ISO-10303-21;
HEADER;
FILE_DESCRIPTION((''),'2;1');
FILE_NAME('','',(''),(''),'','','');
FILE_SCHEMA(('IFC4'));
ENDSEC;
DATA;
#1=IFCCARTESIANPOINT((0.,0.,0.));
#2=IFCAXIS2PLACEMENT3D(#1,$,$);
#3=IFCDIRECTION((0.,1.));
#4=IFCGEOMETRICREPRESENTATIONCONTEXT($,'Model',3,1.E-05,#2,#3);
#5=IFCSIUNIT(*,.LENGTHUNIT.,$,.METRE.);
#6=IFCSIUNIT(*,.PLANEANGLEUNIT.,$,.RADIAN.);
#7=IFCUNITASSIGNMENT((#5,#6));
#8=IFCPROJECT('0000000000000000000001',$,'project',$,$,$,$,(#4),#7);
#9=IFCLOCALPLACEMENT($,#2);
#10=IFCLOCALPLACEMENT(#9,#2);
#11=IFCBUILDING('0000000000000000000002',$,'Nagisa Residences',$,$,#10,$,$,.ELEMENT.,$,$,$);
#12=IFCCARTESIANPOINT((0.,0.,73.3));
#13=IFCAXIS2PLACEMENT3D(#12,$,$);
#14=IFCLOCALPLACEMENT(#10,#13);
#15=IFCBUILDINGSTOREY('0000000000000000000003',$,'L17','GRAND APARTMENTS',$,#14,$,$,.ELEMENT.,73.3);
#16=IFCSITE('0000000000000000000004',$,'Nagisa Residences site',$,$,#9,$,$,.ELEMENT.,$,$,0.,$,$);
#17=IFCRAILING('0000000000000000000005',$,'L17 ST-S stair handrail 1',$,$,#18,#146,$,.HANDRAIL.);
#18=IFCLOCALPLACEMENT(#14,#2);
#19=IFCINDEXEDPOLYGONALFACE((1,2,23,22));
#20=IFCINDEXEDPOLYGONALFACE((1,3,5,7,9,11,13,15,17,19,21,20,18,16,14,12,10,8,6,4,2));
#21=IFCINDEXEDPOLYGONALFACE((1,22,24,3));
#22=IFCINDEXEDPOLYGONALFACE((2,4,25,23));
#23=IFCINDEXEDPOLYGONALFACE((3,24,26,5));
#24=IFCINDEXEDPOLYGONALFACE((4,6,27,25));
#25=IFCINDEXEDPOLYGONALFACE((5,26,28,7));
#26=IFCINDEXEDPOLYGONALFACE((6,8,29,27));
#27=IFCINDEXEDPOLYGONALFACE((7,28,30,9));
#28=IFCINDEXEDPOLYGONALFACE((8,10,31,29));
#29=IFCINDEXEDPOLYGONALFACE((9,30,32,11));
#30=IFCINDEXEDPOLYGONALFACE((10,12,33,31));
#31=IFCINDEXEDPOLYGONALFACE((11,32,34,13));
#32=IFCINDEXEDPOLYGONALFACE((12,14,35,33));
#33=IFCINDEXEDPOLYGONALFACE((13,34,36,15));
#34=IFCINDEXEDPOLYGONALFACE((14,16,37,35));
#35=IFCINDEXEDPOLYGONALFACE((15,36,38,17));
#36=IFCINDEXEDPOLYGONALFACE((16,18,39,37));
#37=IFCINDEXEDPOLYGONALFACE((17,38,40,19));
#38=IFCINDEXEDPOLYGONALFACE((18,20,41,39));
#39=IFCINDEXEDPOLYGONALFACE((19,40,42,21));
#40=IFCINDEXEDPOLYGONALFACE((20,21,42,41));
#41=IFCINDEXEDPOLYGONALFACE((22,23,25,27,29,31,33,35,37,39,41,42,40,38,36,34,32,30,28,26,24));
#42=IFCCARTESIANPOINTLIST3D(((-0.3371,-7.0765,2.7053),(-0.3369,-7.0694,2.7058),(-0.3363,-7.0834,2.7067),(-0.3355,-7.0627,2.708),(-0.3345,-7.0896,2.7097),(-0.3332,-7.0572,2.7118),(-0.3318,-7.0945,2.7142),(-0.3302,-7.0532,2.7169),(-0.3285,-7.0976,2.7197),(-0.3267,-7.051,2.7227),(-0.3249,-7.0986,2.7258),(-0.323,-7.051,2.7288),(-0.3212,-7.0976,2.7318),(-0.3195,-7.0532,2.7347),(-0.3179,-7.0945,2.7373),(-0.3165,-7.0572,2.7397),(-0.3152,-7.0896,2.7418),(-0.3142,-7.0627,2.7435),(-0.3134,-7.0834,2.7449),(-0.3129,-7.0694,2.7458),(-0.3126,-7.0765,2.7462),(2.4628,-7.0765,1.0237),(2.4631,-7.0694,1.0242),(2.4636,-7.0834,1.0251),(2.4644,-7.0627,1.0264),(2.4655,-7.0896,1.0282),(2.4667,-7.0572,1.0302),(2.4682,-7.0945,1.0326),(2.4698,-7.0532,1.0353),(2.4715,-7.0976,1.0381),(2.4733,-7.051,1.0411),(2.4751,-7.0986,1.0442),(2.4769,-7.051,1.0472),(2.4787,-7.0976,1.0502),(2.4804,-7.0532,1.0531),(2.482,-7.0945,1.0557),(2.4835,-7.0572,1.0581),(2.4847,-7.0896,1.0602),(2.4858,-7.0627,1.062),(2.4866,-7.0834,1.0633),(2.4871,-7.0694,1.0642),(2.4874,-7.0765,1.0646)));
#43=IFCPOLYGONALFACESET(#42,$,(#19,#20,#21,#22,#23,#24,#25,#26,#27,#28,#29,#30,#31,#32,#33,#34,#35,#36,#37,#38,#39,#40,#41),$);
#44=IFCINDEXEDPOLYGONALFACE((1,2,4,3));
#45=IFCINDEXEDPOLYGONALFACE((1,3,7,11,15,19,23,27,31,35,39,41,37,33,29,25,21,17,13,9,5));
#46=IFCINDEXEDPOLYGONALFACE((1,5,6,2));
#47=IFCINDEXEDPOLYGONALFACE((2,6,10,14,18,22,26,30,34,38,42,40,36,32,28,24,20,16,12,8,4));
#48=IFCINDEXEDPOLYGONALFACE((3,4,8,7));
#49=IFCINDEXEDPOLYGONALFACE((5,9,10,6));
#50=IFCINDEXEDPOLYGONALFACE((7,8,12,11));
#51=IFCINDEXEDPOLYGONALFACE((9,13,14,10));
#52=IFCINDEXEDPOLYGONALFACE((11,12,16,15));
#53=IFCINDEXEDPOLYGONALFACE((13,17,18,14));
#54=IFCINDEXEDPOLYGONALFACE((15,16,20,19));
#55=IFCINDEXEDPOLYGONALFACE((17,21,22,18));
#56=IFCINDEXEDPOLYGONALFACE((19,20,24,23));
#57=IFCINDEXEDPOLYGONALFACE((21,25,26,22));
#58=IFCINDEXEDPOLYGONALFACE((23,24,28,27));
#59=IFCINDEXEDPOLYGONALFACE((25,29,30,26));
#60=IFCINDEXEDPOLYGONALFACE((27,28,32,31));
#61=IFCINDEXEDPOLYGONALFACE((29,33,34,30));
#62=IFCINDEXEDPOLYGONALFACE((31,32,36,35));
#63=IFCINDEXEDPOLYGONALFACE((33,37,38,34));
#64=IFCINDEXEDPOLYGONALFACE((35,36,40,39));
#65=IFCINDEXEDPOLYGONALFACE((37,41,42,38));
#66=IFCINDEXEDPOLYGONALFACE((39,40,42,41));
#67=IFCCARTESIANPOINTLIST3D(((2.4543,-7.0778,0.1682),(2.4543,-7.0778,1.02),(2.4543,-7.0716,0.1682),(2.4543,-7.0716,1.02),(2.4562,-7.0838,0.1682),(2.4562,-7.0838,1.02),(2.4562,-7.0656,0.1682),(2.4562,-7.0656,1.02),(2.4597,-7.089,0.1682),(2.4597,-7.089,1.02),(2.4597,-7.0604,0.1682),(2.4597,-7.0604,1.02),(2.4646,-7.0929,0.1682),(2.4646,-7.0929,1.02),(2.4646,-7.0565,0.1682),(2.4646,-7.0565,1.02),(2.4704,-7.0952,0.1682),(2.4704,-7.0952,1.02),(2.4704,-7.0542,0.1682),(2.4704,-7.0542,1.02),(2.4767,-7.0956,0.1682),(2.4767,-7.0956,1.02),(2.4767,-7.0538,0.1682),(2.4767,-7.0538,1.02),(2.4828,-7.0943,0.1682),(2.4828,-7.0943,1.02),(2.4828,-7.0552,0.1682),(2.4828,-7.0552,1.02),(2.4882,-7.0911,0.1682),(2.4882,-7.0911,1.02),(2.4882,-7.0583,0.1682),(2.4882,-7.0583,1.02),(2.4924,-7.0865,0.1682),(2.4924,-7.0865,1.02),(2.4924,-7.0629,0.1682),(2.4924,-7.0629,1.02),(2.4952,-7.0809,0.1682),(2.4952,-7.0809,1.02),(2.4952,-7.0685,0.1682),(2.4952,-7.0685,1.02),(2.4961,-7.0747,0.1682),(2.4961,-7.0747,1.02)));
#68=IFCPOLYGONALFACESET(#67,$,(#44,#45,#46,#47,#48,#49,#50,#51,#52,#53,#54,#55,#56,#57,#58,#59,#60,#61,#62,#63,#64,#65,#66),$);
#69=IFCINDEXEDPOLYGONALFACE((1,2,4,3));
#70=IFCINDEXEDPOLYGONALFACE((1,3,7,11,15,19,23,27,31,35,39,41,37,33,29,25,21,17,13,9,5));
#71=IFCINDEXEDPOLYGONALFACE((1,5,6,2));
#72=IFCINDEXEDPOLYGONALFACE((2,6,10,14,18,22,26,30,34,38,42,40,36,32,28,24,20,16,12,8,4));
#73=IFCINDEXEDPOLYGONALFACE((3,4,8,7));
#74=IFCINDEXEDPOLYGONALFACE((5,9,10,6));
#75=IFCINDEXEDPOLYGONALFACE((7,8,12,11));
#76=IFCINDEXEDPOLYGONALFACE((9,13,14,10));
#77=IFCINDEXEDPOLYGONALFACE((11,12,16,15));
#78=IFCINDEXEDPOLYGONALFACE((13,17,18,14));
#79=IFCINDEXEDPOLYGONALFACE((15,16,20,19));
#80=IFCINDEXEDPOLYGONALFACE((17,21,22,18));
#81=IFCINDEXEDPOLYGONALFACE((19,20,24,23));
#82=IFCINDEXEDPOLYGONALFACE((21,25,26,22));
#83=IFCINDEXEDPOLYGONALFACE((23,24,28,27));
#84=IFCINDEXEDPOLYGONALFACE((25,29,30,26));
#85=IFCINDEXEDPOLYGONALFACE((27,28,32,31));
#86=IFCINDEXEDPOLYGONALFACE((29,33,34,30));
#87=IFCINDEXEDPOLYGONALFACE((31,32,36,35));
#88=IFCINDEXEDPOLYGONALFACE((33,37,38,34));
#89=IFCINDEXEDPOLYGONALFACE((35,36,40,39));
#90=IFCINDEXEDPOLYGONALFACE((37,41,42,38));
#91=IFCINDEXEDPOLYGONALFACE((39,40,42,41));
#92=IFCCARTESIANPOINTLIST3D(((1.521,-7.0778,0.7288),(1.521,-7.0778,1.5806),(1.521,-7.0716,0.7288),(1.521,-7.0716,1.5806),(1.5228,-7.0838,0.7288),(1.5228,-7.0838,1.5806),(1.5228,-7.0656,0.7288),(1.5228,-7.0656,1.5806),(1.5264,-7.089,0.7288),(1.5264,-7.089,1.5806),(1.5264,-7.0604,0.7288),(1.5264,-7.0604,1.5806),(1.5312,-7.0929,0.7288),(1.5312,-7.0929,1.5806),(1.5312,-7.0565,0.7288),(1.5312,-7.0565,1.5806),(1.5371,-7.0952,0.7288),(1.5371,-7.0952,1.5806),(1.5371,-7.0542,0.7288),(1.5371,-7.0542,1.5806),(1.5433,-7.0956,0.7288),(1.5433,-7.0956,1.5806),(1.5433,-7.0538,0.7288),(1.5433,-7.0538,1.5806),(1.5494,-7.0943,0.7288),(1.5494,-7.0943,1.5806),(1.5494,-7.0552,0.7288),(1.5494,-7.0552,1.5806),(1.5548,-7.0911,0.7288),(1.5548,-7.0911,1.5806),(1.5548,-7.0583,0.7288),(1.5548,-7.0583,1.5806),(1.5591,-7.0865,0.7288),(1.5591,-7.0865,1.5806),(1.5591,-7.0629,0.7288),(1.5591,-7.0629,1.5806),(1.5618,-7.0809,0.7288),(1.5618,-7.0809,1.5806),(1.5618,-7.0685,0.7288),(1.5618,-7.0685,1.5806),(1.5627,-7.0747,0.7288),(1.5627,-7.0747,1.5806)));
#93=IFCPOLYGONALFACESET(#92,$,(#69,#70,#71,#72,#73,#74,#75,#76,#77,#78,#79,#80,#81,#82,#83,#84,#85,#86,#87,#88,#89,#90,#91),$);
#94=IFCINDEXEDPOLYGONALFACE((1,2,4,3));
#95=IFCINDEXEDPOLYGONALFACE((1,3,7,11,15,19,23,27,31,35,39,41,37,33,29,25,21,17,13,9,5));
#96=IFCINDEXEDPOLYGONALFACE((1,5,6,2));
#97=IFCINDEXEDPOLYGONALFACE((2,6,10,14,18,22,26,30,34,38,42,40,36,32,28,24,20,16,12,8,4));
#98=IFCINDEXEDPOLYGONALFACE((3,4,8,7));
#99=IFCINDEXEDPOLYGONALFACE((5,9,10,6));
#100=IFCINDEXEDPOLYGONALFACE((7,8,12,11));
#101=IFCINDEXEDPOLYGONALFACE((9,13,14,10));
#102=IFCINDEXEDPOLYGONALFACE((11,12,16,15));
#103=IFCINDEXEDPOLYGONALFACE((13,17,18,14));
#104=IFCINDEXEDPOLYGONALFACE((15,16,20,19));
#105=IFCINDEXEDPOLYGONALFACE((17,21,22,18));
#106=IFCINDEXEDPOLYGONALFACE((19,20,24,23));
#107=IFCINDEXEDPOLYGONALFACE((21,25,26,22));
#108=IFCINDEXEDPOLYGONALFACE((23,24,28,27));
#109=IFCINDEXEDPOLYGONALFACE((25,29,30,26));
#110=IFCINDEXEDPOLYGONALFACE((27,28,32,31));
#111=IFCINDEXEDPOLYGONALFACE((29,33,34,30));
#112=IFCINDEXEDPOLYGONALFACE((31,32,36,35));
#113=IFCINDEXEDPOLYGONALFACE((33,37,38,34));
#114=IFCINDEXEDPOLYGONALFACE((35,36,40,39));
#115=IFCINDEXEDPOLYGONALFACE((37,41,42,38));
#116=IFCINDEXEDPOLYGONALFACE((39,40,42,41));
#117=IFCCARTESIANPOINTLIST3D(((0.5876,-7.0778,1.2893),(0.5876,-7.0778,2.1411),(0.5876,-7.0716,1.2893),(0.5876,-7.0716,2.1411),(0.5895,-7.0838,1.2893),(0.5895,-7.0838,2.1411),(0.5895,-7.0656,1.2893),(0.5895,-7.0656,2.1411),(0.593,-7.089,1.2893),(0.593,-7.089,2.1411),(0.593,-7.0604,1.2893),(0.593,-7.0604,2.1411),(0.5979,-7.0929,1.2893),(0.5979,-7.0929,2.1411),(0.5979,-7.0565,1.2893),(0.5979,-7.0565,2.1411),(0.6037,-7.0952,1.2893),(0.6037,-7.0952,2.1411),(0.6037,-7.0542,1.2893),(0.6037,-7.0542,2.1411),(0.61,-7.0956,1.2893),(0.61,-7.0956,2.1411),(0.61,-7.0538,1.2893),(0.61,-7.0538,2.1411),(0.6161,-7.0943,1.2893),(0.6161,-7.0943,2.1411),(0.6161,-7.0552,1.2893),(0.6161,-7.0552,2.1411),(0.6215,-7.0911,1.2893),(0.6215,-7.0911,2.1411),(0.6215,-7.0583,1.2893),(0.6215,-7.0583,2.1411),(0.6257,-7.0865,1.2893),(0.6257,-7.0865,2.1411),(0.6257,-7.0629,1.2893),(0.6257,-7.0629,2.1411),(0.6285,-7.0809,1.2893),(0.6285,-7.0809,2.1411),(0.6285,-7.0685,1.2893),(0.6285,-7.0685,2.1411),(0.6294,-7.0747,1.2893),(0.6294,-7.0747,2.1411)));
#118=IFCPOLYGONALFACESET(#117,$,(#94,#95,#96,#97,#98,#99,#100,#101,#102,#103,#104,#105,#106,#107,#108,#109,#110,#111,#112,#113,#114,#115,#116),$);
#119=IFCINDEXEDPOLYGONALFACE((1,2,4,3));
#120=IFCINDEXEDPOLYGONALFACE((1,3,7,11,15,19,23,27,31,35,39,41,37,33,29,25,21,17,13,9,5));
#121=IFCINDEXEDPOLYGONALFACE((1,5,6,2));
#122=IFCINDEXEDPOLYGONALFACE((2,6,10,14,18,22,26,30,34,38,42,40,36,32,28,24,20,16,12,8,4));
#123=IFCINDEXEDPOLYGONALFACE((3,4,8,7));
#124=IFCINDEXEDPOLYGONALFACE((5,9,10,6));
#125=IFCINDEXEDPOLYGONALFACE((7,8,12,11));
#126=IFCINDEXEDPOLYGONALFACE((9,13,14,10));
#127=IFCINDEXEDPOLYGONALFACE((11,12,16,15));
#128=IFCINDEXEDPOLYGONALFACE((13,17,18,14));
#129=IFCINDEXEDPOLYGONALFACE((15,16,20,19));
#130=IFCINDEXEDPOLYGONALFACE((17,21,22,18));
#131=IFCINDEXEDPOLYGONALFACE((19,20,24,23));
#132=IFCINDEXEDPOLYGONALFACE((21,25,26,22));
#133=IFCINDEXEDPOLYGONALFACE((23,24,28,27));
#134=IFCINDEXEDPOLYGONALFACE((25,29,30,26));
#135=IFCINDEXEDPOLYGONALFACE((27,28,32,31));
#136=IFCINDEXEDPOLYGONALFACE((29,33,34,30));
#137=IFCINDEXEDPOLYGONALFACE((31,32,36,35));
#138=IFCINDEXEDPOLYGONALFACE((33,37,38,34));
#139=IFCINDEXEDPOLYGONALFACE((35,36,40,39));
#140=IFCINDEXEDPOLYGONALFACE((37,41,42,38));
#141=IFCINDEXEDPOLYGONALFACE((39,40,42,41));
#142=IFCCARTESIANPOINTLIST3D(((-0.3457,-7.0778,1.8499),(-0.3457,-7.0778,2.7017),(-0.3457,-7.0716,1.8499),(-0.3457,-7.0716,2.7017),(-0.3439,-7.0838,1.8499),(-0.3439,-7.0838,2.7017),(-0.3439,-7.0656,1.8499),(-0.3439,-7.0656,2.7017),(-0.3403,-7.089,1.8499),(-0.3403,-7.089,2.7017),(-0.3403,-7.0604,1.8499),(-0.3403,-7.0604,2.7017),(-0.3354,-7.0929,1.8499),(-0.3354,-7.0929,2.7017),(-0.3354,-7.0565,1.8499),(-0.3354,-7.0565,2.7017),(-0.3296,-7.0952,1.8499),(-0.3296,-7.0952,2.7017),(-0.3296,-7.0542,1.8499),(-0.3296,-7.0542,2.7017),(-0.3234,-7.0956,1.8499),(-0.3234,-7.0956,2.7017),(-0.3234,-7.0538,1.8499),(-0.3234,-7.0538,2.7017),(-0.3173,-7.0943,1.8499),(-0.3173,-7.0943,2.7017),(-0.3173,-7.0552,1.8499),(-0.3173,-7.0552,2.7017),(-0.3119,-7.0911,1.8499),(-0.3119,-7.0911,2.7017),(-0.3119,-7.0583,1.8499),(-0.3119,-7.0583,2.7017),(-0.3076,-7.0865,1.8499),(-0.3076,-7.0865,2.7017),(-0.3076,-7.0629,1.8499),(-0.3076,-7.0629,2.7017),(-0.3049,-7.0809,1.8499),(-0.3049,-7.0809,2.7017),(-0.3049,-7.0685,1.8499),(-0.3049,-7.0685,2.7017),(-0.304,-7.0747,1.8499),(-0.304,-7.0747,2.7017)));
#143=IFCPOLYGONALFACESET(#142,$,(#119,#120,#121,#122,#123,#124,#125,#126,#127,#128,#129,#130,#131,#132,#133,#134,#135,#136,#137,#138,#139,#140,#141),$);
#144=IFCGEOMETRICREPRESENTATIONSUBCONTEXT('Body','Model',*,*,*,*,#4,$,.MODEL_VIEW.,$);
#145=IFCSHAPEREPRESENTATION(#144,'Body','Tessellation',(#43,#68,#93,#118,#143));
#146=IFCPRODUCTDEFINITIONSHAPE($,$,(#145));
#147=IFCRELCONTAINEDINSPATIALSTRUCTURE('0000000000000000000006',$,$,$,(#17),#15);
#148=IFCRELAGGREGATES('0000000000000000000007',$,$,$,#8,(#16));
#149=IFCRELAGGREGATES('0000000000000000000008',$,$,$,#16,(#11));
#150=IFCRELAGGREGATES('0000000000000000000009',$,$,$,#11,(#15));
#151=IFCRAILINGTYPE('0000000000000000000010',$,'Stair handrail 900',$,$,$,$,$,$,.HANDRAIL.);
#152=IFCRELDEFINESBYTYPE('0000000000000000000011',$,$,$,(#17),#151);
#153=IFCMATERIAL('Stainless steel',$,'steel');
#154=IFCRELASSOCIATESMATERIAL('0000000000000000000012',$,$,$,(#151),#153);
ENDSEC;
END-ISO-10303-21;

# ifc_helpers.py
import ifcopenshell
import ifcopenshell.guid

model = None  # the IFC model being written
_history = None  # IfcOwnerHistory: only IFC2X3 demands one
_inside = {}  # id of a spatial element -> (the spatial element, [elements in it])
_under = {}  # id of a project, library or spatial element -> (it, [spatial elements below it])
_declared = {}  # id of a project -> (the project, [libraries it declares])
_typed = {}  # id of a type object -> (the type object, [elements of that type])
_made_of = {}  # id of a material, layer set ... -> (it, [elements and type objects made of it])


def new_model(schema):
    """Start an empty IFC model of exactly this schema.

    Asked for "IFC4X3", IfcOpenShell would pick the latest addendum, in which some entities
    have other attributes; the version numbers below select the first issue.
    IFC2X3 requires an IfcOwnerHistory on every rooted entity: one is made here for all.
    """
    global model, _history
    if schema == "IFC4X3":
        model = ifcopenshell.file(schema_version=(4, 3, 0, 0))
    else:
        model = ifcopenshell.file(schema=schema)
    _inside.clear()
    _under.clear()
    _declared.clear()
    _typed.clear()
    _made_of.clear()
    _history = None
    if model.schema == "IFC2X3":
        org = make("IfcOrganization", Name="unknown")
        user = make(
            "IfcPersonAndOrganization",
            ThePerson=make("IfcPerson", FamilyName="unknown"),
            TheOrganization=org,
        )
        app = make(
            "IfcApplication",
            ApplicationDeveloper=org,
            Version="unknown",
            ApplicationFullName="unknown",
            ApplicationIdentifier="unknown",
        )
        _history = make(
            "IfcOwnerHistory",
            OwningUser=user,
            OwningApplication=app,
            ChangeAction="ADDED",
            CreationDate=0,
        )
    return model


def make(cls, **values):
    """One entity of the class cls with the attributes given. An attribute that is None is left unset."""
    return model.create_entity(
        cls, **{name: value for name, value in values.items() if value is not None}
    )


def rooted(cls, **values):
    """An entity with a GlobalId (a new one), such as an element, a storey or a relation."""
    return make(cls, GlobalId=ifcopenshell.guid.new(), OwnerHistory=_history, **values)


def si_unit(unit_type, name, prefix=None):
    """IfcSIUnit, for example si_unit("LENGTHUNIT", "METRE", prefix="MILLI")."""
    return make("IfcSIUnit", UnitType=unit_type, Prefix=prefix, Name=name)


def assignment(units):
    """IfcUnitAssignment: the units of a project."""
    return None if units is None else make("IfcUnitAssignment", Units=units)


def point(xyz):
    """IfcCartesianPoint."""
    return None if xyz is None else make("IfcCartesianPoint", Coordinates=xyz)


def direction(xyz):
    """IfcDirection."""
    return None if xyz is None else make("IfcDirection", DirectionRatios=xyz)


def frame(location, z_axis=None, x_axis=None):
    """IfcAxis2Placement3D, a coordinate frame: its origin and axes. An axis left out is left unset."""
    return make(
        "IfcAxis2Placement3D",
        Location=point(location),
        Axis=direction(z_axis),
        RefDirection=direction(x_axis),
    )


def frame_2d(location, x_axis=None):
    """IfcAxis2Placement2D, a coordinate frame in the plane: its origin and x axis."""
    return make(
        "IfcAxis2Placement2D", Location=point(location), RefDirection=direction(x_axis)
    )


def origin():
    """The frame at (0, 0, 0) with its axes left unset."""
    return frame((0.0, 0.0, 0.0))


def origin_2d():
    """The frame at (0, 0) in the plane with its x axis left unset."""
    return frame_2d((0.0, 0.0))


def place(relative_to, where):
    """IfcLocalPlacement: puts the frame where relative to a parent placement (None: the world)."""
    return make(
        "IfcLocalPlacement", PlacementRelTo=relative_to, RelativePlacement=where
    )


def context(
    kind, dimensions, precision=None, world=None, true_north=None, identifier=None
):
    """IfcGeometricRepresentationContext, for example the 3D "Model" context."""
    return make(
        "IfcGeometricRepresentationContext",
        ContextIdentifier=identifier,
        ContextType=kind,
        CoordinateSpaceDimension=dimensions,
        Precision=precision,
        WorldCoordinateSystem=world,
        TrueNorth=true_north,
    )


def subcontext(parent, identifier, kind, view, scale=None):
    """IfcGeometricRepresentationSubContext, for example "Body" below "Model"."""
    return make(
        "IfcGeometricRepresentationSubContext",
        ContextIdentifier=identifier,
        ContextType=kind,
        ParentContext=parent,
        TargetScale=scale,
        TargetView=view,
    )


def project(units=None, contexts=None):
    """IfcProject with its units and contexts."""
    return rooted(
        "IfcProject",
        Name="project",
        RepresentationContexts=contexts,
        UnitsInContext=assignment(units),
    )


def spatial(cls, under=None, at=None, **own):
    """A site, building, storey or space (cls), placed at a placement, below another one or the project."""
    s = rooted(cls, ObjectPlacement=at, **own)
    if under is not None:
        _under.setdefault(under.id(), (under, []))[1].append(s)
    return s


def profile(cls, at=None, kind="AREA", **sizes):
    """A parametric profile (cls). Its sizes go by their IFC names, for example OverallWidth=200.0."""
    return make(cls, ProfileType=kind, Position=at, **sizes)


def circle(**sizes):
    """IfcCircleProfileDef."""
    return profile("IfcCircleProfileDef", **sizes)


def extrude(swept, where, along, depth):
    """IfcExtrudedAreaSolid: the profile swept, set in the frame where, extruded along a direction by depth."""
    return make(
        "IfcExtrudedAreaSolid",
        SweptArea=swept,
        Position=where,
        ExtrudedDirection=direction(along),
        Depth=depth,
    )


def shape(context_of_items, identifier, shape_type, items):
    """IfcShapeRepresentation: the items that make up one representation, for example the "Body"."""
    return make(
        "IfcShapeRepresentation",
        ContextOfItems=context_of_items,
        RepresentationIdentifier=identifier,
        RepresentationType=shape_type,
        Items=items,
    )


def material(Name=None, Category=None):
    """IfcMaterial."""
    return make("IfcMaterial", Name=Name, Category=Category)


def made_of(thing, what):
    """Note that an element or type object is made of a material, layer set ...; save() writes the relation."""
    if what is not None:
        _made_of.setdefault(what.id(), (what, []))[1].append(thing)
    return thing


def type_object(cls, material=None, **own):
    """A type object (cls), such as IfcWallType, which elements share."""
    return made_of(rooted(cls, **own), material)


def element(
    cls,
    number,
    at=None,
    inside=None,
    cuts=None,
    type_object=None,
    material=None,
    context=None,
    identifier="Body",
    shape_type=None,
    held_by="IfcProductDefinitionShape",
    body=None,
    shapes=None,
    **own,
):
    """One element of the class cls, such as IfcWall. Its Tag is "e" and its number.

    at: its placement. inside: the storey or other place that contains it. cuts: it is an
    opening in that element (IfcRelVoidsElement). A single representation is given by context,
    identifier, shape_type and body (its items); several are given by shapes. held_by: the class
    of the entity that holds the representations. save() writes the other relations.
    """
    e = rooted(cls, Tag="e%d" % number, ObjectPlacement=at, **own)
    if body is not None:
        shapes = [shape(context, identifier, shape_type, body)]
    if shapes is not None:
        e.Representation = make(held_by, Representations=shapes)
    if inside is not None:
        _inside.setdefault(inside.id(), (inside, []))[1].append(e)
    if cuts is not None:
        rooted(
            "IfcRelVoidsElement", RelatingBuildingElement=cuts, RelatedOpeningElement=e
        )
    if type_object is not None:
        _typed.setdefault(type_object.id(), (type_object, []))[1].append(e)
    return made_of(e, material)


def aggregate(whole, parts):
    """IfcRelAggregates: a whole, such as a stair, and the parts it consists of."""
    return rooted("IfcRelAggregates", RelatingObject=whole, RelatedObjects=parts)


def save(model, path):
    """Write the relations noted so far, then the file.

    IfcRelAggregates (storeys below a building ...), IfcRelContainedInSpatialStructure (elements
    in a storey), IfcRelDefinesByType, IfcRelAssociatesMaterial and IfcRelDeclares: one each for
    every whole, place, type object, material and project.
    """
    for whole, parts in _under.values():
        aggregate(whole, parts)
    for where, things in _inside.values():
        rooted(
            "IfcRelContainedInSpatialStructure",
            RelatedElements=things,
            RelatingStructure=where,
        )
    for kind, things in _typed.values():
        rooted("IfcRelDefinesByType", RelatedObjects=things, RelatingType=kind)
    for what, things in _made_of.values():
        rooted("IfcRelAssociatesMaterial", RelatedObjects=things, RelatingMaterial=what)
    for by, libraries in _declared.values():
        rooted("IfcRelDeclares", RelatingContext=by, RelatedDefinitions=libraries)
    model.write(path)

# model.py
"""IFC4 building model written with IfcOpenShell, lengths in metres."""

from ifc_helpers import new_model, si_unit, direction, frame, origin, origin_2d, place, context, subcontext, project, spatial, circle, extrude, material, type_object, element, save


model = new_model("IFC4")

# Units and contexts
model_context = context("Model", 3, precision=1e-05, world=origin(), true_north=direction((0.0, 1.0)))
body_context = subcontext(model_context, "Body", "Model", "MODEL_VIEW")
ifc_project = project(units=[si_unit("LENGTHUNIT", "METRE"), si_unit("PLANEANGLEUNIT", "RADIAN")], contexts=[model_context])

# Site, building, storey
site_placement = place(None, origin())
site = spatial("IfcSite", under=ifc_project, at=site_placement, Name="Nagisa Residences site", CompositionType="ELEMENT", RefElevation=0.0)
building_placement = place(site_placement, origin())
building = spatial("IfcBuilding", under=site, at=building_placement, Name="Nagisa Residences", CompositionType="ELEMENT")
storey_placement = place(building_placement, frame((0.0, 0.0, 73.3)))
storey = spatial("IfcBuildingStorey", under=building, at=storey_placement, Name="L17", Description="GRAND APARTMENTS", CompositionType="ELEMENT", Elevation=73.3)

# Railing
ifc_material_1 = material(Name="Stainless steel", Category="steel")
railing_type_1 = type_object("IfcRailingType", Name="Stair handrail 900", PredefinedType="HANDRAIL", material=ifc_material_1)
railing_1_placement = place(storey_placement, frame((2.4751, -7.0747, 0.1682)))
element("IfcRailing", 1, at=railing_1_placement, inside=storey, type_object=railing_type_1, Name="L17 ST-S stair handrail 1", PredefinedType="HANDRAIL", context=body_context, shape_type="SweptSolid", body=[
    extrude(circle(Radius=0.0239, at=origin_2d()), frame((0.0, 0.0, 0.876), z_axis=(-0.857275, 0.0, 0.514858), x_axis=(0.0, -1.0, 0.0)), (0.0, 0.0, 1.0), 3.2661),
    extrude(circle(Radius=0.021, at=origin_2d()), origin(), (0.0, 0.0, 1.0), 0.8518),
    extrude(circle(Radius=0.021, at=origin_2d()), frame((-0.9333, 0.0, 0.5605)), (0.0, 0.0, 1.0), 0.8518),
    extrude(circle(Radius=0.021, at=origin_2d()), frame((-1.8667, 0.0, 1.1211)), (0.0, 0.0, 1.0), 0.8518),
    extrude(circle(Radius=0.021, at=origin_2d()), frame((-2.8, 0.0, 1.6816)), (0.0, 0.0, 1.0), 0.8518),
])

save(model, "model.ifc")
